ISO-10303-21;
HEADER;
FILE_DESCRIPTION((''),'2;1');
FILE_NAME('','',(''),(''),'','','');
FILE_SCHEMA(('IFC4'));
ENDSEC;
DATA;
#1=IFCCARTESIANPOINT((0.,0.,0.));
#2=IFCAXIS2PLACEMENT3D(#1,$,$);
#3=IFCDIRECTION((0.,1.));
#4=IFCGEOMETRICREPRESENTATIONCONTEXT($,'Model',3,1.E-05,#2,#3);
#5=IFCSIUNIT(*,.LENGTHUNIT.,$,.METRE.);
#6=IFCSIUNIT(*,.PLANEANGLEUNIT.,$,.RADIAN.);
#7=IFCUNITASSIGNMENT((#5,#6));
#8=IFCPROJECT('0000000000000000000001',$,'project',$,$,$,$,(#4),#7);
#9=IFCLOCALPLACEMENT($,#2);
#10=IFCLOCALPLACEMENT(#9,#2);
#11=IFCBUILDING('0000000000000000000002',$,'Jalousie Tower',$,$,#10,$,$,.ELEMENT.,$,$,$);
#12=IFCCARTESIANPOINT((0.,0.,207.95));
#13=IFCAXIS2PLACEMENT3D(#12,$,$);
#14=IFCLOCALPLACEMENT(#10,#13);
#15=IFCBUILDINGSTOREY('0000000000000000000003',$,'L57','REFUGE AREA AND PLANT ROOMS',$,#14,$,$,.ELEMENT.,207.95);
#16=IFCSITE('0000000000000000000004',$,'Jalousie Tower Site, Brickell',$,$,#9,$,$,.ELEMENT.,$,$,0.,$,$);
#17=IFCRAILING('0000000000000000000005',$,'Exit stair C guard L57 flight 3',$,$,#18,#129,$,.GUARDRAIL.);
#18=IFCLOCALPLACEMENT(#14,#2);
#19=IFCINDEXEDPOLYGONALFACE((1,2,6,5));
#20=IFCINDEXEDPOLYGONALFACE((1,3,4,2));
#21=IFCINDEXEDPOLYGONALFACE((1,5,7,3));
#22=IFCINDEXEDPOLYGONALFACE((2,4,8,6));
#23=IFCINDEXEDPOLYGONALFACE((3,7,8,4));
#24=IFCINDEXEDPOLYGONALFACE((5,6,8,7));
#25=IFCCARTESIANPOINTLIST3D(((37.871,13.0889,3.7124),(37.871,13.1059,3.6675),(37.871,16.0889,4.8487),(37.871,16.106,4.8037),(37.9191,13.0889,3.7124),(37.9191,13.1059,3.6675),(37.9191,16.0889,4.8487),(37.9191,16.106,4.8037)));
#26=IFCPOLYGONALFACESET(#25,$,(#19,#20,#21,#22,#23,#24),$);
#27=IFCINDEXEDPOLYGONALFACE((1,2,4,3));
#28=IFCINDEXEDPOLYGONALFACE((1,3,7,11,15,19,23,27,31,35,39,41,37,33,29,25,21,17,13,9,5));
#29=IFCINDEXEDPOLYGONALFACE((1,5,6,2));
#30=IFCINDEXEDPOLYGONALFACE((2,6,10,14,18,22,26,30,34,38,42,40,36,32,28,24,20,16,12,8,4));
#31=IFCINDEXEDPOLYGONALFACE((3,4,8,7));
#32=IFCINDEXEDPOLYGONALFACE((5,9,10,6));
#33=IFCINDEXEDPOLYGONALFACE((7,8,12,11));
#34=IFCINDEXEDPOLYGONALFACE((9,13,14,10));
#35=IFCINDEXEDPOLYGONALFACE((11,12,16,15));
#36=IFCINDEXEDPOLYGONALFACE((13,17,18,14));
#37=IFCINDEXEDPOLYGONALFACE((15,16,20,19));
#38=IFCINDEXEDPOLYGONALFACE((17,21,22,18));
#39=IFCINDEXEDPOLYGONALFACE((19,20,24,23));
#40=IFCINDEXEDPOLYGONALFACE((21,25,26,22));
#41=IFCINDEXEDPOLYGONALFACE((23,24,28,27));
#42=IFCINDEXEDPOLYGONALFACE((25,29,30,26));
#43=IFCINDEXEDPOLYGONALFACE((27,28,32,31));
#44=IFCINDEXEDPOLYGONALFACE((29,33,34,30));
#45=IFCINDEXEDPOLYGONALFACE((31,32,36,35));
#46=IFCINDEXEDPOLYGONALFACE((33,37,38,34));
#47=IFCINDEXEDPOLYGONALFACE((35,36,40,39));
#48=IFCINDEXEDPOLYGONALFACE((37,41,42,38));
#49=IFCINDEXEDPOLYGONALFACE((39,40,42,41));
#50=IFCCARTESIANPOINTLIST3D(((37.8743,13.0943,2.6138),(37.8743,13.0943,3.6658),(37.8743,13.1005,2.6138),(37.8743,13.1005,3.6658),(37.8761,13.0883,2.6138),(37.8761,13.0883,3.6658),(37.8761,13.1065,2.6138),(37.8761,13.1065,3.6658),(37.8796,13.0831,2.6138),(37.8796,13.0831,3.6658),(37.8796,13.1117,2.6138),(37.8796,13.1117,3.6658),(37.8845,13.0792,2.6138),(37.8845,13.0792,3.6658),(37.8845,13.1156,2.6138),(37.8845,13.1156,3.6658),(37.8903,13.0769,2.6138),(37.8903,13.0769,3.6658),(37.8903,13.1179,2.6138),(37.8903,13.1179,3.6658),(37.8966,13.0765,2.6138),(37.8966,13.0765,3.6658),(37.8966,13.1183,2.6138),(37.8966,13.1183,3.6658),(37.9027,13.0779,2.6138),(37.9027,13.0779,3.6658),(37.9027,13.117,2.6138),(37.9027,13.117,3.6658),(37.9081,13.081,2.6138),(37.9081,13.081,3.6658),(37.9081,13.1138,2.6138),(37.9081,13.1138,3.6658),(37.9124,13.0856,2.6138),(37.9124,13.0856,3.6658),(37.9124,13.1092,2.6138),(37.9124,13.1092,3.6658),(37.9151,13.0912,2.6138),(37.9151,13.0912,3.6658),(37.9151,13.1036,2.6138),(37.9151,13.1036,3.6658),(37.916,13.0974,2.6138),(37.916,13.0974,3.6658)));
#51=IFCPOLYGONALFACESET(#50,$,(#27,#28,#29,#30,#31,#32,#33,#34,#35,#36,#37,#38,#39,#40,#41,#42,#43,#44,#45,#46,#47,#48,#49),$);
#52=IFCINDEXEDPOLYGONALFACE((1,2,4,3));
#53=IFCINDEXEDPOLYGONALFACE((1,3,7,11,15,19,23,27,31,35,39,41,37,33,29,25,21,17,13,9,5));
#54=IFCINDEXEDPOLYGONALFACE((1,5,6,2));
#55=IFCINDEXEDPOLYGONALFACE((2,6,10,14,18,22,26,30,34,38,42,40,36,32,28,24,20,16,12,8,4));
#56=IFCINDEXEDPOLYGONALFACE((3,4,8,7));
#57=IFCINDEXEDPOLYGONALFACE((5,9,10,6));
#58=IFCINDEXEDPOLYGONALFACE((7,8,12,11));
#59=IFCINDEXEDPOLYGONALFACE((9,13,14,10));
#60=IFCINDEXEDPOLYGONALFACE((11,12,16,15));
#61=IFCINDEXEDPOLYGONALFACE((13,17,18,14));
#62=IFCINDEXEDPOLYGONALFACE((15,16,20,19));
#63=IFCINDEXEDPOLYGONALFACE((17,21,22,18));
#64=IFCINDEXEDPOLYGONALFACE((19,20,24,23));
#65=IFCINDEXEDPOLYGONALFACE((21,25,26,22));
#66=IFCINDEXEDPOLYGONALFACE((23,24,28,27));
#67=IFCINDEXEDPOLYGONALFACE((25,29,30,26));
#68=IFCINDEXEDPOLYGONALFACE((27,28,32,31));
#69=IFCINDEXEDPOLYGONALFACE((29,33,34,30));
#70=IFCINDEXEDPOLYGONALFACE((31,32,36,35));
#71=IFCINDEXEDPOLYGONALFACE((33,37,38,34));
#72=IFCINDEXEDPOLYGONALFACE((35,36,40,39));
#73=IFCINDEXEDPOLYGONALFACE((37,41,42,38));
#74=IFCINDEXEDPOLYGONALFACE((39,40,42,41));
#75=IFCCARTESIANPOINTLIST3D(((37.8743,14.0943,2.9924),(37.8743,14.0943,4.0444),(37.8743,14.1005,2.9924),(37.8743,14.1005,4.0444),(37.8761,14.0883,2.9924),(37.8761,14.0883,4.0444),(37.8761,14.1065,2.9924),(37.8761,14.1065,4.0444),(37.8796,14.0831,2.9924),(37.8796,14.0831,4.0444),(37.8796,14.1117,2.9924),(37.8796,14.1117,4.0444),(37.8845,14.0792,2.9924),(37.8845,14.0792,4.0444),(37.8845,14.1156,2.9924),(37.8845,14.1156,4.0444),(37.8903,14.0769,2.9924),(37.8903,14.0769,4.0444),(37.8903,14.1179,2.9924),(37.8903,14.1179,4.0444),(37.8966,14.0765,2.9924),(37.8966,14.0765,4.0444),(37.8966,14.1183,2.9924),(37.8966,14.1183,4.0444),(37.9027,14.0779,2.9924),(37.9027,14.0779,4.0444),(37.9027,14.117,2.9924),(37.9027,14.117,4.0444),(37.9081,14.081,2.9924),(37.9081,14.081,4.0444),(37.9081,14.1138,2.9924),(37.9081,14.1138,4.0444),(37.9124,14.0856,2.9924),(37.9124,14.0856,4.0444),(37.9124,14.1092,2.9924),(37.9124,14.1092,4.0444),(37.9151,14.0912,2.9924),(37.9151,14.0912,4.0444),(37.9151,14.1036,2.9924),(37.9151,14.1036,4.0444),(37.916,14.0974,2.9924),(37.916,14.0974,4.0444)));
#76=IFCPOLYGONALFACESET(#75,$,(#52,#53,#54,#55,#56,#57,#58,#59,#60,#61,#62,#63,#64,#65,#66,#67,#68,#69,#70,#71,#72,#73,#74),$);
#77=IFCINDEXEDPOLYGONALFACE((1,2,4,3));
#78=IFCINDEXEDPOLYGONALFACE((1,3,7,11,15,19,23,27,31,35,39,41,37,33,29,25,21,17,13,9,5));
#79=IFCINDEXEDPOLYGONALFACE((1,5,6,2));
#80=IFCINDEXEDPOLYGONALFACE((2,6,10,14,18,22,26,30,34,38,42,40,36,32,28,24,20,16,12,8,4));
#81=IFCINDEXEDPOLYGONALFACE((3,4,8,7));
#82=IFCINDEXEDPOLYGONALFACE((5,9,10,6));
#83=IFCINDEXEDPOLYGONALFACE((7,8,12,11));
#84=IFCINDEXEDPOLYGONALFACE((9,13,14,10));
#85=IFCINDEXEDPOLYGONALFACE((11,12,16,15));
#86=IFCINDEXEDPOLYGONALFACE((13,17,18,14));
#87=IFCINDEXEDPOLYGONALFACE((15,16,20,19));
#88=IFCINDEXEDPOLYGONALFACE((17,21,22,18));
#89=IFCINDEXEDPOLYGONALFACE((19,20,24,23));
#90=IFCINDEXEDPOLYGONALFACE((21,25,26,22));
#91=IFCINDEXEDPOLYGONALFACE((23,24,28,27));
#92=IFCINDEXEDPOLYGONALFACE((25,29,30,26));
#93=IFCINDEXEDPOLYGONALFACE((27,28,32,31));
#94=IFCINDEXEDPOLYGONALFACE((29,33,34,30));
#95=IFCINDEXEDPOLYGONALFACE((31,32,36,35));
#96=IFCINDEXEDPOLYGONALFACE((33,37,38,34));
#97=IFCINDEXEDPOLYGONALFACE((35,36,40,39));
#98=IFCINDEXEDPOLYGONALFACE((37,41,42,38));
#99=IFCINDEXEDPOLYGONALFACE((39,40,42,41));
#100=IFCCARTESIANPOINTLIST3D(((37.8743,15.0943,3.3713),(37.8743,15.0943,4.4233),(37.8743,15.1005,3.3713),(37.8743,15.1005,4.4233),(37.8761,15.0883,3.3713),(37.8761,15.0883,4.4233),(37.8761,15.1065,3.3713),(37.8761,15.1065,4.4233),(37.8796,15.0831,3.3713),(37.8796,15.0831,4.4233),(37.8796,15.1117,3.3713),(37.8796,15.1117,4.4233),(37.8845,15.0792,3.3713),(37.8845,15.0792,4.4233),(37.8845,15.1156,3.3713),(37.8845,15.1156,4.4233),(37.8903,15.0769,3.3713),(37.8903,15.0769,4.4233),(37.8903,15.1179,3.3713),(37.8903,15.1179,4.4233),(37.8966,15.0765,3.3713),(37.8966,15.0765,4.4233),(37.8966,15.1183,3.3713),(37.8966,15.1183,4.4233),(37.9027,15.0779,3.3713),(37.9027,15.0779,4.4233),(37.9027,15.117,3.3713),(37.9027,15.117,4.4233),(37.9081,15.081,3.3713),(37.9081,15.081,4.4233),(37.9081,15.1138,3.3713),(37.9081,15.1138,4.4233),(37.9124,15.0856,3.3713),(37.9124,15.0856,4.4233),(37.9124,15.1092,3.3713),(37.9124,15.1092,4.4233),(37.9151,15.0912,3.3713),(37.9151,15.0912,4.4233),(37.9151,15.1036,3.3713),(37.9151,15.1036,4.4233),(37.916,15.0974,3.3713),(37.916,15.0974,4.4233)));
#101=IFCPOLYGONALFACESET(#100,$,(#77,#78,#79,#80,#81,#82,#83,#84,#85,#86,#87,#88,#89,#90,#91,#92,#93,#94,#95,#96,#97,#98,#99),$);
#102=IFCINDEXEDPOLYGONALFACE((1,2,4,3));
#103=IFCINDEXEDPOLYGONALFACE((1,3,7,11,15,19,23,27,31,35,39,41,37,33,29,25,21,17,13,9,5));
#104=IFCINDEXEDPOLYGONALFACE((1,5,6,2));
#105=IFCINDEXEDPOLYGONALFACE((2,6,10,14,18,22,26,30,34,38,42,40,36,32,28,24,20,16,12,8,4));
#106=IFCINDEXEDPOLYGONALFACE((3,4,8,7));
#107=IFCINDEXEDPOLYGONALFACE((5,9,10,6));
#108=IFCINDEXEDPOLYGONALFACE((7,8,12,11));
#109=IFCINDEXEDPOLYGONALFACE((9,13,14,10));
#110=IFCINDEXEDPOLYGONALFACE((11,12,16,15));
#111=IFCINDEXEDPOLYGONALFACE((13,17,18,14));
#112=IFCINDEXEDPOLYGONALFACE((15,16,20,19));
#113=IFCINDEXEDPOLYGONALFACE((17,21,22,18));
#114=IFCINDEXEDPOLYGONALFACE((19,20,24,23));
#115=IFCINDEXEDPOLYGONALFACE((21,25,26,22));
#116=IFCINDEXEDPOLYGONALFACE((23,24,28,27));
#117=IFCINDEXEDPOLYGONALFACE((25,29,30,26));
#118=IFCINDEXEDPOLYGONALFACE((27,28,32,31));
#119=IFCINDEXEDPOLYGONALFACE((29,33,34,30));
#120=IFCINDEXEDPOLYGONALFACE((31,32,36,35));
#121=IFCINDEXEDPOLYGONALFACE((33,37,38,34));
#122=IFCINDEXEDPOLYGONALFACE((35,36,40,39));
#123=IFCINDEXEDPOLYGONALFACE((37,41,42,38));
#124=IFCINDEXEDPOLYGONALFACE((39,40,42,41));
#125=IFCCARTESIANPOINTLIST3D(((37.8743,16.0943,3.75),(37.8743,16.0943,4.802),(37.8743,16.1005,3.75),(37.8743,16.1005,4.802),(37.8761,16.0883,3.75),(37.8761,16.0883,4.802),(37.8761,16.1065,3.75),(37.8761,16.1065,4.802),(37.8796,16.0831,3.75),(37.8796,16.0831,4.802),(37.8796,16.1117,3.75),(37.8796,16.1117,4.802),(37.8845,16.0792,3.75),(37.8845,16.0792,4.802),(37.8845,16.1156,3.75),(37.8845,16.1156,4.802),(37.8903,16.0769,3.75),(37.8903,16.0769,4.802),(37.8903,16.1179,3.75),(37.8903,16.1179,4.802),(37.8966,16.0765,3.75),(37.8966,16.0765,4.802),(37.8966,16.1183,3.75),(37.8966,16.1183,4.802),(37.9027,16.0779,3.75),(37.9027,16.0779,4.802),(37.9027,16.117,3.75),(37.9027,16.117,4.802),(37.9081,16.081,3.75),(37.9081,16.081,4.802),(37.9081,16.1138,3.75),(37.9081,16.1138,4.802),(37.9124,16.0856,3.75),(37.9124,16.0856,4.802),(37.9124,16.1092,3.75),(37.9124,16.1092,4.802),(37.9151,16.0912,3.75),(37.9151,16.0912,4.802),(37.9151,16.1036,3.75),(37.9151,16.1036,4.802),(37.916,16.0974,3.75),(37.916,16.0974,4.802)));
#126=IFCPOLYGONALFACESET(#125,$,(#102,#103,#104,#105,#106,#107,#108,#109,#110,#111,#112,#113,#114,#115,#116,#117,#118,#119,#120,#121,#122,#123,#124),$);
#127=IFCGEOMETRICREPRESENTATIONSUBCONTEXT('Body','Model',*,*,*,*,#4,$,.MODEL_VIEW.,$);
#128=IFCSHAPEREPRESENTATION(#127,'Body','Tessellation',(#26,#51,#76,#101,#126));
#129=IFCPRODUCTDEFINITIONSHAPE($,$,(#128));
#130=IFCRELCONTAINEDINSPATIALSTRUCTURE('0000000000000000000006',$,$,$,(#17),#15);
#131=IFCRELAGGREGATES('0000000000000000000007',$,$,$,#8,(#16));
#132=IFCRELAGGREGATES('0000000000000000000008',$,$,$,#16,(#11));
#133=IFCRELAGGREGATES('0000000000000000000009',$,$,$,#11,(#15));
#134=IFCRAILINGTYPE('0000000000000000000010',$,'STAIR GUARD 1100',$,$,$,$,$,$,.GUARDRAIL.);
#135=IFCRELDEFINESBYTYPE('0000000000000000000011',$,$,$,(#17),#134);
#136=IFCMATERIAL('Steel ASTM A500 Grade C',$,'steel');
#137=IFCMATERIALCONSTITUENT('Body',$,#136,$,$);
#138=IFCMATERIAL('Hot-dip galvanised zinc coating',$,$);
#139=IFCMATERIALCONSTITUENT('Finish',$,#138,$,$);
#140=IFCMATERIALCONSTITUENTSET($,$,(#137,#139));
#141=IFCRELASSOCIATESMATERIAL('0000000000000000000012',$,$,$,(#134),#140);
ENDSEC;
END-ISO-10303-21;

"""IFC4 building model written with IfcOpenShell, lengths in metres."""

from ifc_helpers import new_model, si_unit, direction, frame, origin, origin_2d, place, context, subcontext, project, spatial, rectangle, circle, extrude, material, constituent, constituent_set, type_object, element, save


model = new_model("IFC4")

# Units and contexts
model_context = context("Model", 3, precision=1e-05, world=origin(), true_north=direction((0.0, 1.0)))
body_context = subcontext(model_context, "Body", "Model", "MODEL_VIEW")
ifc_project = project(units=[si_unit("LENGTHUNIT", "METRE"), si_unit("PLANEANGLEUNIT", "RADIAN")], contexts=[model_context])

# Site, building, storey
site_placement = place(None, origin())
site = spatial("IfcSite", under=ifc_project, at=site_placement, Name="Jalousie Tower Site, Brickell", CompositionType="ELEMENT", RefElevation=0.0)
building_placement = place(site_placement, origin())
building = spatial("IfcBuilding", under=site, at=building_placement, Name="Jalousie Tower", CompositionType="ELEMENT")
storey_placement = place(building_placement, frame((0.0, 0.0, 207.95)))
storey = spatial("IfcBuildingStorey", under=building, at=storey_placement, Name="L57", Description="REFUGE AREA AND PLANT ROOMS", CompositionType="ELEMENT", Elevation=207.95)

# Railing
ifc_material_1 = material(Name="Steel ASTM A500 Grade C", Category="steel")
ifc_constituent_1 = constituent(ifc_material_1, Name="Body")
ifc_material_2 = material(Name="Hot-dip galvanised zinc coating")
ifc_constituent_2 = constituent(ifc_material_2, Name="Finish")
ifc_constituent_set_1 = constituent_set(constituents=[ifc_constituent_1, ifc_constituent_2])
railing_type_1 = type_object("IfcRailingType", Name="STAIR GUARD 1100", PredefinedType="GUARDRAIL", material=ifc_constituent_set_1)
railing_1_placement = place(storey_placement, frame((37.895, 13.0974, 2.6138)))
element("IfcRailing", 1, at=railing_1_placement, inside=storey, type_object=railing_type_1, Name="Exit stair C guard L57 flight 3", PredefinedType="GUARDRAIL", context=body_context, shape_type="SweptSolid", body=[
    extrude(rectangle(XDim=0.0481, YDim=0.0481, at=origin_2d()), frame((0.0, 0.0, 1.0762), z_axis=(0.0, 0.935173, 0.354191), x_axis=(-1.0, 0.0, 0.0)), (0.0, 0.0, 1.0), 3.208),
    extrude(circle(Radius=0.021, at=origin_2d()), origin(), (0.0, 0.0, 1.0), 1.052),
    extrude(circle(Radius=0.021, at=origin_2d()), frame((0.0, 1.0, 0.3787)), (0.0, 0.0, 1.0), 1.052),
    extrude(circle(Radius=0.021, at=origin_2d()), frame((0.0, 2.0, 0.7576)), (0.0, 0.0, 1.0), 1.052),
    extrude(circle(Radius=0.021, at=origin_2d()), frame((0.0, 3.0, 1.1362)), (0.0, 0.0, 1.0), 1.052),
])

save(model, "model.ifc")
